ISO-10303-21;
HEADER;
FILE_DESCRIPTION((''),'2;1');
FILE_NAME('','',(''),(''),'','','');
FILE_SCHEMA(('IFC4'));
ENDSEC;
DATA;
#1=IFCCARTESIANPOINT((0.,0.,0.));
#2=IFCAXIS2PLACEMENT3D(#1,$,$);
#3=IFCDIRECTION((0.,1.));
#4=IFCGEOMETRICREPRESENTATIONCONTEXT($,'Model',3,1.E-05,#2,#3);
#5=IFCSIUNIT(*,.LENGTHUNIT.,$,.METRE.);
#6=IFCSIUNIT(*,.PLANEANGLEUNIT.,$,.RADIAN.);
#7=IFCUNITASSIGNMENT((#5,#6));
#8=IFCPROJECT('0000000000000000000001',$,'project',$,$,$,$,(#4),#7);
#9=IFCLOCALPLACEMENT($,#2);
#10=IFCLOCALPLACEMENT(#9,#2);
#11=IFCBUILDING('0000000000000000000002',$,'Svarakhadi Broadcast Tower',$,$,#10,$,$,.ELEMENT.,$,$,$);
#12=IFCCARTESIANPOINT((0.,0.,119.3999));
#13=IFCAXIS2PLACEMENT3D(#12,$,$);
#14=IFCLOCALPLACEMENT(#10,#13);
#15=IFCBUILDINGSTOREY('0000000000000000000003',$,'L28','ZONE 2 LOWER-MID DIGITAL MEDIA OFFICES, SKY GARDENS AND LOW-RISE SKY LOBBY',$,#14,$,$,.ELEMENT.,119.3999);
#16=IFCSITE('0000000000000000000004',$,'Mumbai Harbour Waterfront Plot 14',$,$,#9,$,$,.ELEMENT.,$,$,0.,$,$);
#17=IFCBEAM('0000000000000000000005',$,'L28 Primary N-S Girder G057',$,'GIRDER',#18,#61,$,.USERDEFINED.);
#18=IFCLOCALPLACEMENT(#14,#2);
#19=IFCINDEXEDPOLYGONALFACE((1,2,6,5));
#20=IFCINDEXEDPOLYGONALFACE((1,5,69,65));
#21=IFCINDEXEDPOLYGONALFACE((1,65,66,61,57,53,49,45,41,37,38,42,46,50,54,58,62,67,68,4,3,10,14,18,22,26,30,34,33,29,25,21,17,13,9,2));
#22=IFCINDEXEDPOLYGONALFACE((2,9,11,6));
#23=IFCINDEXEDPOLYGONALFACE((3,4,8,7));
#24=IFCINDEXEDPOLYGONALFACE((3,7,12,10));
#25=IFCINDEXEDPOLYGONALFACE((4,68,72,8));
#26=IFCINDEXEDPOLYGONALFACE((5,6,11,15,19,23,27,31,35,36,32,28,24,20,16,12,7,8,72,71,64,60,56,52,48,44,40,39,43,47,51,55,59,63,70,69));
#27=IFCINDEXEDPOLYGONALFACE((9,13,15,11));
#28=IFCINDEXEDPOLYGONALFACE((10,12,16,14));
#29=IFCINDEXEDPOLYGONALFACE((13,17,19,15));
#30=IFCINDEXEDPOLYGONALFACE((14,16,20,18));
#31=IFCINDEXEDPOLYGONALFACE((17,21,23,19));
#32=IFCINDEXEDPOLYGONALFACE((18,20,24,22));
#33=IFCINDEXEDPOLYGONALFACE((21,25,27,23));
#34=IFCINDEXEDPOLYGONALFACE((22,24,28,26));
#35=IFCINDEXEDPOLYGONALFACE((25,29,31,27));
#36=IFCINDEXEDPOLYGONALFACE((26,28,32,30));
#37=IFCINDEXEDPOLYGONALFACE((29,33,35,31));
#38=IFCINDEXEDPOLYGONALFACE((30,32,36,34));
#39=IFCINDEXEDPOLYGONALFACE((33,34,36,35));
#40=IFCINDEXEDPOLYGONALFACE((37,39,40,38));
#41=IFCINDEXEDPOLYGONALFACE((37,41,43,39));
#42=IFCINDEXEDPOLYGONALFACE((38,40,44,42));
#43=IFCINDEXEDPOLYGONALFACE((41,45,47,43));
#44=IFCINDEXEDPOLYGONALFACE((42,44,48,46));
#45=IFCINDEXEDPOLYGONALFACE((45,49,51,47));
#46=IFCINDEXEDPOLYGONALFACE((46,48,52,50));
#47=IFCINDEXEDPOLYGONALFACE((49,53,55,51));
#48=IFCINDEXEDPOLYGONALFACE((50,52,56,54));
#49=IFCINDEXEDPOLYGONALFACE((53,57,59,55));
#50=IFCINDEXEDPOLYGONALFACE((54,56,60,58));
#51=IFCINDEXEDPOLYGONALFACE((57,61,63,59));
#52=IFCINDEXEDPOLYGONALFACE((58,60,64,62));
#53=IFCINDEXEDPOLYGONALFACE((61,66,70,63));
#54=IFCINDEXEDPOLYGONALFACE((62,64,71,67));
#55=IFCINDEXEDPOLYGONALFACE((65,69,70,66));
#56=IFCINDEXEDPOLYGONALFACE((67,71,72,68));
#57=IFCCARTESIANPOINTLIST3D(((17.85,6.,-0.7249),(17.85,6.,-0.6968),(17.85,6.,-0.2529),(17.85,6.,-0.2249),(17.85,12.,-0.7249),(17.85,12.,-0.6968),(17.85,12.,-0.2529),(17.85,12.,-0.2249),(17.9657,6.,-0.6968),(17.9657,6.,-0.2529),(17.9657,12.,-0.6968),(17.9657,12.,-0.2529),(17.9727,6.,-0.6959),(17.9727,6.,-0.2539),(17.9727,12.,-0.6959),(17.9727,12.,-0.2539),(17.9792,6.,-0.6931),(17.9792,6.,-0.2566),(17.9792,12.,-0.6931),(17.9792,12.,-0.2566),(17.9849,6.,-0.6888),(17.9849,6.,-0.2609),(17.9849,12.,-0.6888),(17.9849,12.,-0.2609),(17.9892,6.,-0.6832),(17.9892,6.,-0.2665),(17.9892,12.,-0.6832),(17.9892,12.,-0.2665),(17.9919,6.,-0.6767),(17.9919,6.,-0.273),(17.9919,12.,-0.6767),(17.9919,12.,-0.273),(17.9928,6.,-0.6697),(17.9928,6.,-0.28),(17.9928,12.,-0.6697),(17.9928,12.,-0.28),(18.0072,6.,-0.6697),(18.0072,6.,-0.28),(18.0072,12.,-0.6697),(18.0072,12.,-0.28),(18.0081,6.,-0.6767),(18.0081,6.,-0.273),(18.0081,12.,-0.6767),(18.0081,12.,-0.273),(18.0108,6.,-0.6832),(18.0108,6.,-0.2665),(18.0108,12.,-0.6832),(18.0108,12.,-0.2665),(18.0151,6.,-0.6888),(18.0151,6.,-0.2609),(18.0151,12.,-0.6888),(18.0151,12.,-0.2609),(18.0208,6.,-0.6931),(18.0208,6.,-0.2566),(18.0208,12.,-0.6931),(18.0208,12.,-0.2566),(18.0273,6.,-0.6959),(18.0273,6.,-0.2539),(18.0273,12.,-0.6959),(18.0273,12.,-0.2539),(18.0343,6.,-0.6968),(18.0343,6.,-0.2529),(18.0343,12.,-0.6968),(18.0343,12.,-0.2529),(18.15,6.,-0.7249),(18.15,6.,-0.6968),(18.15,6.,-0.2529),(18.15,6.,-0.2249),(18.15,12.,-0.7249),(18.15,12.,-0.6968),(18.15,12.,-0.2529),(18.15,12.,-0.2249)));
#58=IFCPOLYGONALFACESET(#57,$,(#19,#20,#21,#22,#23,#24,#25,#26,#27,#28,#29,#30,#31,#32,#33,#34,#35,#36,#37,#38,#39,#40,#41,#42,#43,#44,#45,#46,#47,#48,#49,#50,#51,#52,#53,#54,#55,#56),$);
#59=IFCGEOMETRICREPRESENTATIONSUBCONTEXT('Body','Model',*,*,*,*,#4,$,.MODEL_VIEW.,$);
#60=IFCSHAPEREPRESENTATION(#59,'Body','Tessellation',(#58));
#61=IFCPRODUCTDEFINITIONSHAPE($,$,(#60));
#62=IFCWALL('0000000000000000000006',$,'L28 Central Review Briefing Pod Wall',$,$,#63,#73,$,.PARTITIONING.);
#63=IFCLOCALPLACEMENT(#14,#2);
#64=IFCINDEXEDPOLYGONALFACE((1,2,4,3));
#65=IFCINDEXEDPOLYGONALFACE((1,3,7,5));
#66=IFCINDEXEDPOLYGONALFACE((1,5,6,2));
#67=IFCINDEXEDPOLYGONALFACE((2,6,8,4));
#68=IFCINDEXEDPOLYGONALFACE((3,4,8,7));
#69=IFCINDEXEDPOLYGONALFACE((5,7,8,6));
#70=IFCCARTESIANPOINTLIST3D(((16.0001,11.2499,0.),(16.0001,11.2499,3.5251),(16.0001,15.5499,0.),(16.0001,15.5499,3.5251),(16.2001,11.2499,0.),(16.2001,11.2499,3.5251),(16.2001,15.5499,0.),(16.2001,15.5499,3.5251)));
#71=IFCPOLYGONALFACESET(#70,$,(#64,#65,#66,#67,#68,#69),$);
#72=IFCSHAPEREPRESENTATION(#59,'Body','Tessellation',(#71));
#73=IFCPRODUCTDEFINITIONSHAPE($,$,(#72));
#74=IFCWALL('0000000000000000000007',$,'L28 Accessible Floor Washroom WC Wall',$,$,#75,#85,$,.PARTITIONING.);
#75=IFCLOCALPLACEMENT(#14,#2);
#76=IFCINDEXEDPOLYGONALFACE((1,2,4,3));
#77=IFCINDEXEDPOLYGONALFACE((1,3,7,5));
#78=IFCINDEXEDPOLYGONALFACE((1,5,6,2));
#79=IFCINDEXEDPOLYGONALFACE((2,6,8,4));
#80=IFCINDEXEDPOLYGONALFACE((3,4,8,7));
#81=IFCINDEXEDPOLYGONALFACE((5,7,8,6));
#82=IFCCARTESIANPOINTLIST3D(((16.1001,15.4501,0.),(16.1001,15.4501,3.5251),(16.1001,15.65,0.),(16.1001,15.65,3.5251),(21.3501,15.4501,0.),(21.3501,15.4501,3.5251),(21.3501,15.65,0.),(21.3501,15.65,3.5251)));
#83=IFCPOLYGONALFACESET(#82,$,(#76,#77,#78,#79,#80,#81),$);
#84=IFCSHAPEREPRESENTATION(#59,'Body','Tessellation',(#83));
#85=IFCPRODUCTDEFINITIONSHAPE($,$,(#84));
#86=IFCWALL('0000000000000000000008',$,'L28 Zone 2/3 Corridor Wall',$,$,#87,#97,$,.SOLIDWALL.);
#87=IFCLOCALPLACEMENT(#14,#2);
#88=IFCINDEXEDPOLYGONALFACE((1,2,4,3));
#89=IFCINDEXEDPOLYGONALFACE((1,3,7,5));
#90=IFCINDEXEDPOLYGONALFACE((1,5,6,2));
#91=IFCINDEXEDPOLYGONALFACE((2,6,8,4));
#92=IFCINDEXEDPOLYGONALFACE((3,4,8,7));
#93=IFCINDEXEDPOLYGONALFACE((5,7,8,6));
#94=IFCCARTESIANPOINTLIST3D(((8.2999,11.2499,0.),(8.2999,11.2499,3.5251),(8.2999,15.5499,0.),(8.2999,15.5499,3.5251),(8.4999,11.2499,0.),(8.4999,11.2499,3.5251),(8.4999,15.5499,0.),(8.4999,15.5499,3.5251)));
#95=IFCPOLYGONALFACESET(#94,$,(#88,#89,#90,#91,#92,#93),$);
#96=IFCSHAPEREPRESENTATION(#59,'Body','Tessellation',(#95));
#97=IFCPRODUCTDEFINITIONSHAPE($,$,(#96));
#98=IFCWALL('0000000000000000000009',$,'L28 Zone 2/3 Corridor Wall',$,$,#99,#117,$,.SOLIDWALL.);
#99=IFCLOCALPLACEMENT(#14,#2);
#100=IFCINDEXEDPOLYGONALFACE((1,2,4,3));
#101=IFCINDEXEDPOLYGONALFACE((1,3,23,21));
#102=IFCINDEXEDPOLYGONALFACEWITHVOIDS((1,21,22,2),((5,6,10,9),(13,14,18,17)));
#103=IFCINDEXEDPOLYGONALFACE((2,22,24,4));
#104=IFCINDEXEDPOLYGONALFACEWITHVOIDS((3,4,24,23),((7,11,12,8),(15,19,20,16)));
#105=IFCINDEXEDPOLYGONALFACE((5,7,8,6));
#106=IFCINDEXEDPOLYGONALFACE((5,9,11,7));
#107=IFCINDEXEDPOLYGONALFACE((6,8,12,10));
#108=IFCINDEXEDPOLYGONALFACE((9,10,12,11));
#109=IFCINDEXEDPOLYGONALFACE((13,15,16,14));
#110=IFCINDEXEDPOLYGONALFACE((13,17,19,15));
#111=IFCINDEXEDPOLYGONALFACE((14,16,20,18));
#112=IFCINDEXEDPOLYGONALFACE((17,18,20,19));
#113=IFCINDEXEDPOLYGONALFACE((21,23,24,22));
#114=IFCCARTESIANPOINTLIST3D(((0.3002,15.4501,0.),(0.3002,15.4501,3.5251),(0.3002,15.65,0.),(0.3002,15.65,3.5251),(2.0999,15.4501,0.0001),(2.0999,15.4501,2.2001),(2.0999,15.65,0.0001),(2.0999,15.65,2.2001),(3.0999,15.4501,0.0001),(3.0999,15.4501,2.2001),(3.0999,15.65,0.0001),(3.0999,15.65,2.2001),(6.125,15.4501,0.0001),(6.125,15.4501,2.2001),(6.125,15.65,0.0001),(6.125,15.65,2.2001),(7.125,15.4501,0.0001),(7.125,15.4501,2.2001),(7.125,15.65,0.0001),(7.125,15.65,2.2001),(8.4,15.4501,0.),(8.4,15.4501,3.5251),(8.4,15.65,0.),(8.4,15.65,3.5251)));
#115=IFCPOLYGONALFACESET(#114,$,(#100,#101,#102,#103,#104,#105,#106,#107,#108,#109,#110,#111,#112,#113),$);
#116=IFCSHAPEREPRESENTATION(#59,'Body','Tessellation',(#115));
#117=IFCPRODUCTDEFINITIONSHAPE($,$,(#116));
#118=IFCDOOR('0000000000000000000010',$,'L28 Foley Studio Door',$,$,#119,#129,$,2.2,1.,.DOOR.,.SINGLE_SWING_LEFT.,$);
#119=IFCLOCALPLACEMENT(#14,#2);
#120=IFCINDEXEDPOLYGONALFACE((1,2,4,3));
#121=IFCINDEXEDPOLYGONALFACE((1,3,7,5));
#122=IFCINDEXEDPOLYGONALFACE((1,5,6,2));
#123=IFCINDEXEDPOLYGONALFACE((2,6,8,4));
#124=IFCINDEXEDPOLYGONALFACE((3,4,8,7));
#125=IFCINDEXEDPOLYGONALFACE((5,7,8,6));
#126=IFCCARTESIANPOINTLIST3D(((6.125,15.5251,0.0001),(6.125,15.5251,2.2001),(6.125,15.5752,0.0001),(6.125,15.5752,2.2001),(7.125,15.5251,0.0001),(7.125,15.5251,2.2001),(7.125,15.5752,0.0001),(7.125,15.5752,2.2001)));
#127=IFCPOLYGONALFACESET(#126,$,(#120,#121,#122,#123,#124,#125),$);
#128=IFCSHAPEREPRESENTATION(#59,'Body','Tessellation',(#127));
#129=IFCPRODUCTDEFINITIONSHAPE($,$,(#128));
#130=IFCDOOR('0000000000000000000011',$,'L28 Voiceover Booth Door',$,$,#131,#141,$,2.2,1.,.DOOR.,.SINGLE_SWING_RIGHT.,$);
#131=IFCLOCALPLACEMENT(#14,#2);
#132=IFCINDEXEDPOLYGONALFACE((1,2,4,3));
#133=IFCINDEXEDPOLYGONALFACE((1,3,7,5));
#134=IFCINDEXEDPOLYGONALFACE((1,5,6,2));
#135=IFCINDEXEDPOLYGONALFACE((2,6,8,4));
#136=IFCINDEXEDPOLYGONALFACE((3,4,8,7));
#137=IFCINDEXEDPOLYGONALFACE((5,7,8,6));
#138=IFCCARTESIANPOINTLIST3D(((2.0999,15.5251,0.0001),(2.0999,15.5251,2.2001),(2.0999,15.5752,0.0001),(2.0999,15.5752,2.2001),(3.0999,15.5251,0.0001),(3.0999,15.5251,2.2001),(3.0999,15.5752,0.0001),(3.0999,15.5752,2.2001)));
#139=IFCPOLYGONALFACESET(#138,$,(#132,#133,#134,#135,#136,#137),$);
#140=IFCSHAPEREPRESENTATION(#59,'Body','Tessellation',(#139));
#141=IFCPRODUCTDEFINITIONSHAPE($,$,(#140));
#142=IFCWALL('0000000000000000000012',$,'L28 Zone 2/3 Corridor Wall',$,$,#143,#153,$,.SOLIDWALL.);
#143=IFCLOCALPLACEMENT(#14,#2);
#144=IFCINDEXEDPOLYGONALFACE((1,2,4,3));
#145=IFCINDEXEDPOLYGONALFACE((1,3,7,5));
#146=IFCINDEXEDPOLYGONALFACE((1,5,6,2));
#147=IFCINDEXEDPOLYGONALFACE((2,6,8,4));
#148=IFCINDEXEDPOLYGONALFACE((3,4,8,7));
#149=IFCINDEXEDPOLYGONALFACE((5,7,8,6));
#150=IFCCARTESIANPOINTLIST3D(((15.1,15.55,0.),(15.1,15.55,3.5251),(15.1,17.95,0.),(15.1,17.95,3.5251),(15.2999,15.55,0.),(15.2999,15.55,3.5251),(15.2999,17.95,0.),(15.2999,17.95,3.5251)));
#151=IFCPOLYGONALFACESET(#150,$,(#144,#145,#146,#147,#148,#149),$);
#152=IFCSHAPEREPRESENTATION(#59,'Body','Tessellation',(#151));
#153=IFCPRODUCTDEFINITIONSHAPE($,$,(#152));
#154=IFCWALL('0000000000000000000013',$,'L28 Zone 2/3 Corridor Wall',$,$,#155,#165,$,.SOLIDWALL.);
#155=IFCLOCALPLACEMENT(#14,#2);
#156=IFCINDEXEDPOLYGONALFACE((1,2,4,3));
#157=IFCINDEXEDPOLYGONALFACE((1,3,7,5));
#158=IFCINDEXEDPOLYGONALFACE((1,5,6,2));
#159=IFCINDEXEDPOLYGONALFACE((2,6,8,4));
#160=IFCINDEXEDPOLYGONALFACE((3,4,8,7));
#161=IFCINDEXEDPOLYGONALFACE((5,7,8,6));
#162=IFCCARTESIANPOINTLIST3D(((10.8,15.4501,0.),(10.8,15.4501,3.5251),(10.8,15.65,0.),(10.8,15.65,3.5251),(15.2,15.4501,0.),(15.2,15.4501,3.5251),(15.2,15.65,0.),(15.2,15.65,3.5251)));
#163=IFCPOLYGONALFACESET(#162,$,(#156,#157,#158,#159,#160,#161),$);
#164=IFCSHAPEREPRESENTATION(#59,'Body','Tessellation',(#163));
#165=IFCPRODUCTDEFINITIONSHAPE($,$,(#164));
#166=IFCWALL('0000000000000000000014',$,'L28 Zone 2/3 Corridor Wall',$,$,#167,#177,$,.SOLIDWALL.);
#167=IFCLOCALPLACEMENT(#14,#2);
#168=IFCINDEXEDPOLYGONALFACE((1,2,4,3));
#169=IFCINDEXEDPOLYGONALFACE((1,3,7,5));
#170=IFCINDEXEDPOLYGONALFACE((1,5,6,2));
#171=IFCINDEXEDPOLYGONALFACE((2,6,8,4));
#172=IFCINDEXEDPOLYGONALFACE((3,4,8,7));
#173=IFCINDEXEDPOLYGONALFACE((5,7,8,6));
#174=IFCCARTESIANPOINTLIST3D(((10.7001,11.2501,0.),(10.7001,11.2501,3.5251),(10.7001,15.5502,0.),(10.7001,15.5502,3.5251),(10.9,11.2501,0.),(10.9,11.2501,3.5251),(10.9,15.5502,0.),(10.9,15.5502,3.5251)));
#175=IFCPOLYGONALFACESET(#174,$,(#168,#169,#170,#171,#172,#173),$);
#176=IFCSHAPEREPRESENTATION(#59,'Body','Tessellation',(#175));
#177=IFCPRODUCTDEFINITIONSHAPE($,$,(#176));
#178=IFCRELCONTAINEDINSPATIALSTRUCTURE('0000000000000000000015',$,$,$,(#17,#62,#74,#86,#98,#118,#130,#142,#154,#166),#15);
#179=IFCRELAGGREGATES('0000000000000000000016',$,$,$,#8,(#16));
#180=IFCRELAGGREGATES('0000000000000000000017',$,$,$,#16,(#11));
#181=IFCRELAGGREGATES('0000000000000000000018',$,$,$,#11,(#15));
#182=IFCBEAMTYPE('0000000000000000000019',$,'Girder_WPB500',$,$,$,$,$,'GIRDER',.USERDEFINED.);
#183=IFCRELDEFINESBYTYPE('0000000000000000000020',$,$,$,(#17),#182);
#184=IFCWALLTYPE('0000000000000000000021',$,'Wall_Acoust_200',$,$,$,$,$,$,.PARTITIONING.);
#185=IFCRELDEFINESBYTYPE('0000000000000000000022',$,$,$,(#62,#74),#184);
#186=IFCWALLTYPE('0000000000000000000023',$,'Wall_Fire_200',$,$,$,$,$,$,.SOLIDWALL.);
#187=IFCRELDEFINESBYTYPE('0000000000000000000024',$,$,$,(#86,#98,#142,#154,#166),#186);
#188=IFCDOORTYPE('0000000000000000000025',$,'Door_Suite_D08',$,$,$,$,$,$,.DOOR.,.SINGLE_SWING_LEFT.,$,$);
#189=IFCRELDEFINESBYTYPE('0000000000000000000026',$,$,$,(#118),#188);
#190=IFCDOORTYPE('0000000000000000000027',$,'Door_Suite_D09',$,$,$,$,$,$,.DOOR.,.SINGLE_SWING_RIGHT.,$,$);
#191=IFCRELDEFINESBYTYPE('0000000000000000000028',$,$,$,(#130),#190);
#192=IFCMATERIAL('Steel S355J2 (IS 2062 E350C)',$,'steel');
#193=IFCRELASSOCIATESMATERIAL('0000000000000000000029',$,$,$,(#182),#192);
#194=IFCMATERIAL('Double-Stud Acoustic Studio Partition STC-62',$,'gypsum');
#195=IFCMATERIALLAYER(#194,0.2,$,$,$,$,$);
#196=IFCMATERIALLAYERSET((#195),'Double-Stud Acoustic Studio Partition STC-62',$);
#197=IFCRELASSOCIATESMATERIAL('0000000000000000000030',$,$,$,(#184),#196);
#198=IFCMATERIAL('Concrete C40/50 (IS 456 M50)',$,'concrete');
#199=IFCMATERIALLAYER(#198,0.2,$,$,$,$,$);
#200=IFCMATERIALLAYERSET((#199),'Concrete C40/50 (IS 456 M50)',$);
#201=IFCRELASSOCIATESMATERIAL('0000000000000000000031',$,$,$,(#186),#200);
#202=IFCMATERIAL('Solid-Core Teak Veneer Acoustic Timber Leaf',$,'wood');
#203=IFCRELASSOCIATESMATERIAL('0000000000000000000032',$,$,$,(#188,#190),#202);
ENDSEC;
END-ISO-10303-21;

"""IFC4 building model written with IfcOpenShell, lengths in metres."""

from ifc_helpers import new_model, si_unit, direction, frame, frame_2d, origin, origin_2d, place, context, subcontext, project, spatial, rectangle, i_section, extrude, material, layer, layer_set, material_profile, profile_set, type_object, element, fill, save


model = new_model("IFC4")

# Units and contexts
model_context = context("Model", 3, precision=1e-05, world=origin(), true_north=direction((0.0, 1.0)))
body_context = subcontext(model_context, "Body", "Model", "MODEL_VIEW")
ifc_project = project(units=[si_unit("LENGTHUNIT", "METRE"), si_unit("PLANEANGLEUNIT", "RADIAN")], contexts=[model_context])

# Site, building, storey
site_placement = place(None, origin())
site = spatial("IfcSite", under=ifc_project, at=site_placement, Name="Mumbai Harbour Waterfront Plot 14", CompositionType="ELEMENT", RefElevation=0.0)
building_placement = place(site_placement, origin())
building = spatial("IfcBuilding", under=site, at=building_placement, Name="Svarakhadi Broadcast Tower", CompositionType="ELEMENT")
storey_placement = place(building_placement, frame((0.0, 0.0, 119.3999)))
storey = spatial("IfcBuildingStorey", under=building, at=storey_placement, Name="L28", Description="ZONE 2 LOWER-MID DIGITAL MEDIA OFFICES, SKY GARDENS AND LOW-RISE SKY LOBBY", CompositionType="ELEMENT", Elevation=119.3999)

# Beam
ifc_material_1 = material(Name="Steel S355J2 (IS 2062 E350C)", Category="steel")
ifc_material_profile_1 = material_profile(ifc_material_1, i_section(OverallWidth=0.3, OverallDepth=0.5, WebThickness=0.0144, FlangeThickness=0.0281, FilletRadius=0.0271, at=origin_2d()), Name="WPB 500x300x187")
ifc_profile_set_1 = profile_set([ifc_material_profile_1], Name="Steel S355J2 (IS 2062 E350C)")
beam_type_1 = type_object("IfcBeamType", Name="Girder_WPB500", ElementType="GIRDER", PredefinedType="USERDEFINED", material=ifc_profile_set_1)
for number, where, z_axis, x_axis, name in (
    (1, (18.0, 6.0, -0.4749), (0.0, 1.0, 0.0), (-1.0, 0.0, 0.0), "L28 Primary N-S Girder G057"),
):
    element("IfcBeam", number, at=place(storey_placement, frame(where, z_axis=z_axis, x_axis=x_axis)), inside=storey, type_object=beam_type_1, Name=name, ObjectType="GIRDER", PredefinedType="USERDEFINED", context=body_context, shape_type="SweptSolid", body=[
        extrude(i_section(OverallWidth=0.3, OverallDepth=0.5, WebThickness=0.0144, FlangeThickness=0.0281, FilletRadius=0.0271, at=origin_2d()), origin(), (0.0, 0.0, 1.0), 6.0),
    ])

# Walls
ifc_material_2 = material(Name="Double-Stud Acoustic Studio Partition STC-62", Category="gypsum")
ifc_layer_1 = layer(ifc_material_2, 0.2)
ifc_layer_set_1 = layer_set([ifc_layer_1], Name="Double-Stud Acoustic Studio Partition STC-62")
wall_type_1 = type_object("IfcWallType", Name="Wall_Acoust_200", PredefinedType="PARTITIONING", material=ifc_layer_set_1)
wall_1_placement = place(storey_placement, frame((16.1001, 11.25, 0.0), z_axis=(0.0, 0.0, 1.0), x_axis=(0.0, 1.0, 0.0)))
element("IfcWall", 2, at=wall_1_placement, inside=storey, type_object=wall_type_1, Name="L28 Central Review Briefing Pod Wall", PredefinedType="PARTITIONING", context=body_context, shape_type="SweptSolid", body=[
    extrude(rectangle(XDim=4.3, YDim=0.2, at=frame_2d((2.1499, 0.0))), origin(), (0.0, 0.0, 1.0), 3.5251),
])
wall_2_placement = place(storey_placement, frame((16.1001, 15.55, 0.0), z_axis=(0.0, 0.0, 1.0), x_axis=(1.0, 0.0, 0.0)))
element("IfcWall", 3, at=wall_2_placement, inside=storey, type_object=wall_type_1, Name="L28 Accessible Floor Washroom WC Wall", PredefinedType="PARTITIONING", context=body_context, shape_type="SweptSolid", body=[
    extrude(rectangle(XDim=5.25, YDim=0.2, at=frame_2d((2.625, 0.0))), origin(), (0.0, 0.0, 1.0), 3.5251),
])
ifc_material_3 = material(Name="Concrete C40/50 (IS 456 M50)", Category="concrete")
ifc_layer_2 = layer(ifc_material_3, 0.2)
ifc_layer_set_2 = layer_set([ifc_layer_2], Name="Concrete C40/50 (IS 456 M50)")
wall_type_2 = type_object("IfcWallType", Name="Wall_Fire_200", PredefinedType="SOLIDWALL", material=ifc_layer_set_2)
wall_3_placement = place(storey_placement, frame((8.3999, 11.25, 0.0), z_axis=(0.0, 0.0, 1.0), x_axis=(0.0, 1.0, 0.0)))
element("IfcWall", 4, at=wall_3_placement, inside=storey, type_object=wall_type_2, Name="L28 Zone 2/3 Corridor Wall", PredefinedType="SOLIDWALL", context=body_context, shape_type="SweptSolid", body=[
    extrude(rectangle(XDim=4.3, YDim=0.2, at=frame_2d((2.1499, 0.0))), origin(), (0.0, 0.0, 1.0), 3.5251),
])

# Wall, openings, doors
wall_4_placement = place(storey_placement, frame((8.3999, 15.55, 0.0), z_axis=(0.0, 0.0, 1.0), x_axis=(-1.0, 0.0, 0.0)))
wall_4 = element("IfcWall", 5, at=wall_4_placement, inside=storey, type_object=wall_type_2, Name="L28 Zone 2/3 Corridor Wall", PredefinedType="SOLIDWALL", context=body_context, shape_type="SweptSolid", body=[
    extrude(rectangle(XDim=8.0999, YDim=0.2, at=frame_2d((4.0498, 0.0))), origin(), (0.0, 0.0, 1.0), 3.5251),
])
opening_1_placement = place(wall_4_placement, frame((5.3, 0.0, 0.0)))
opening_1 = element("IfcOpeningElement", 6, at=opening_1_placement, cuts=wall_4, PredefinedType="OPENING", context=body_context, shape_type="SweptSolid", body=[
    extrude(rectangle(XDim=1.0, YDim=2.2, at=frame_2d((0.5, 1.1001))), frame((0.0, 0.1099, 0.0), z_axis=(0.0, -1.0, 0.0), x_axis=(1.0, 0.0, 0.0)), (0.0, 0.0, 1.0), 0.22),
])
opening_2_placement = place(wall_4_placement, frame((1.2749, 0.0, 0.0)))
opening_2 = element("IfcOpeningElement", 7, at=opening_2_placement, cuts=wall_4, PredefinedType="OPENING", context=body_context, shape_type="SweptSolid", body=[
    extrude(rectangle(XDim=1.0, YDim=2.2, at=frame_2d((0.5, 1.1001))), frame((0.0, 0.1099, 0.0), z_axis=(0.0, -1.0, 0.0), x_axis=(1.0, 0.0, 0.0)), (0.0, 0.0, 1.0), 0.22),
])
ifc_material_4 = material(Name="Solid-Core Teak Veneer Acoustic Timber Leaf", Category="wood")
door_type_1 = type_object("IfcDoorType", Name="Door_Suite_D08", OperationType="SINGLE_SWING_LEFT", PredefinedType="DOOR", material=ifc_material_4)
door_1_placement = place(opening_2_placement, origin())
door_1 = element("IfcDoor", 8, at=door_1_placement, inside=storey, type_object=door_type_1, Name="L28 Foley Studio Door", OperationType="SINGLE_SWING_LEFT", OverallHeight=2.2, OverallWidth=1.0, PredefinedType="DOOR", context=body_context, shape_type="SweptSolid", body=[
    extrude(rectangle(XDim=1.0, YDim=2.2, at=frame_2d((0.5, 1.1001))), frame((0.0, 0.0249, 0.0), z_axis=(0.0, -1.0, 0.0), x_axis=(1.0, 0.0, 0.0)), (0.0, 0.0, 1.0), 0.05),
])
fill(opening_2, door_1)
door_type_2 = type_object("IfcDoorType", Name="Door_Suite_D09", OperationType="SINGLE_SWING_RIGHT", PredefinedType="DOOR", material=ifc_material_4)
door_2_placement = place(opening_1_placement, origin())
door_2 = element("IfcDoor", 9, at=door_2_placement, inside=storey, type_object=door_type_2, Name="L28 Voiceover Booth Door", OperationType="SINGLE_SWING_RIGHT", OverallHeight=2.2, OverallWidth=1.0, PredefinedType="DOOR", context=body_context, shape_type="SweptSolid", body=[
    extrude(rectangle(XDim=1.0, YDim=2.2, at=frame_2d((0.5, 1.1001))), frame((0.0, 0.0249, 0.0), z_axis=(0.0, -1.0, 0.0), x_axis=(1.0, 0.0, 0.0)), (0.0, 0.0, 1.0), 0.05),
])
fill(opening_1, door_2)

# Walls
wall_5_placement = place(storey_placement, frame((15.2, 17.95, 0.0), z_axis=(0.0, 0.0, 1.0), x_axis=(0.0, -1.0, 0.0)))
element("IfcWall", 10, at=wall_5_placement, inside=storey, type_object=wall_type_2, Name="L28 Zone 2/3 Corridor Wall", PredefinedType="SOLIDWALL", context=body_context, shape_type="SweptSolid", body=[
    extrude(rectangle(XDim=2.3999, YDim=0.2, at=frame_2d((1.2, 0.0))), origin(), (0.0, 0.0, 1.0), 3.5251),
])
wall_6_placement = place(storey_placement, frame((15.2, 15.55, 0.0), z_axis=(0.0, 0.0, 1.0), x_axis=(-1.0, 0.0, 0.0)))
element("IfcWall", 11, at=wall_6_placement, inside=storey, type_object=wall_type_2, Name="L28 Zone 2/3 Corridor Wall", PredefinedType="SOLIDWALL", context=body_context, shape_type="SweptSolid", body=[
    extrude(rectangle(XDim=4.3999, YDim=0.2, at=frame_2d((2.2, 0.0))), origin(), (0.0, 0.0, 1.0), 3.5251),
])
wall_7_placement = place(storey_placement, frame((10.8, 15.55, 0.0), z_axis=(0.0, 0.0, 1.0), x_axis=(0.0, -1.0, 0.0)))
element("IfcWall", 12, at=wall_7_placement, inside=storey, type_object=wall_type_2, Name="L28 Zone 2/3 Corridor Wall", PredefinedType="SOLIDWALL", context=body_context, shape_type="SweptSolid", body=[
    extrude(rectangle(XDim=4.3, YDim=0.2, at=frame_2d((2.1499, 0.0))), origin(), (0.0, 0.0, 1.0), 3.5251),
])

save(model, "model.ifc")
